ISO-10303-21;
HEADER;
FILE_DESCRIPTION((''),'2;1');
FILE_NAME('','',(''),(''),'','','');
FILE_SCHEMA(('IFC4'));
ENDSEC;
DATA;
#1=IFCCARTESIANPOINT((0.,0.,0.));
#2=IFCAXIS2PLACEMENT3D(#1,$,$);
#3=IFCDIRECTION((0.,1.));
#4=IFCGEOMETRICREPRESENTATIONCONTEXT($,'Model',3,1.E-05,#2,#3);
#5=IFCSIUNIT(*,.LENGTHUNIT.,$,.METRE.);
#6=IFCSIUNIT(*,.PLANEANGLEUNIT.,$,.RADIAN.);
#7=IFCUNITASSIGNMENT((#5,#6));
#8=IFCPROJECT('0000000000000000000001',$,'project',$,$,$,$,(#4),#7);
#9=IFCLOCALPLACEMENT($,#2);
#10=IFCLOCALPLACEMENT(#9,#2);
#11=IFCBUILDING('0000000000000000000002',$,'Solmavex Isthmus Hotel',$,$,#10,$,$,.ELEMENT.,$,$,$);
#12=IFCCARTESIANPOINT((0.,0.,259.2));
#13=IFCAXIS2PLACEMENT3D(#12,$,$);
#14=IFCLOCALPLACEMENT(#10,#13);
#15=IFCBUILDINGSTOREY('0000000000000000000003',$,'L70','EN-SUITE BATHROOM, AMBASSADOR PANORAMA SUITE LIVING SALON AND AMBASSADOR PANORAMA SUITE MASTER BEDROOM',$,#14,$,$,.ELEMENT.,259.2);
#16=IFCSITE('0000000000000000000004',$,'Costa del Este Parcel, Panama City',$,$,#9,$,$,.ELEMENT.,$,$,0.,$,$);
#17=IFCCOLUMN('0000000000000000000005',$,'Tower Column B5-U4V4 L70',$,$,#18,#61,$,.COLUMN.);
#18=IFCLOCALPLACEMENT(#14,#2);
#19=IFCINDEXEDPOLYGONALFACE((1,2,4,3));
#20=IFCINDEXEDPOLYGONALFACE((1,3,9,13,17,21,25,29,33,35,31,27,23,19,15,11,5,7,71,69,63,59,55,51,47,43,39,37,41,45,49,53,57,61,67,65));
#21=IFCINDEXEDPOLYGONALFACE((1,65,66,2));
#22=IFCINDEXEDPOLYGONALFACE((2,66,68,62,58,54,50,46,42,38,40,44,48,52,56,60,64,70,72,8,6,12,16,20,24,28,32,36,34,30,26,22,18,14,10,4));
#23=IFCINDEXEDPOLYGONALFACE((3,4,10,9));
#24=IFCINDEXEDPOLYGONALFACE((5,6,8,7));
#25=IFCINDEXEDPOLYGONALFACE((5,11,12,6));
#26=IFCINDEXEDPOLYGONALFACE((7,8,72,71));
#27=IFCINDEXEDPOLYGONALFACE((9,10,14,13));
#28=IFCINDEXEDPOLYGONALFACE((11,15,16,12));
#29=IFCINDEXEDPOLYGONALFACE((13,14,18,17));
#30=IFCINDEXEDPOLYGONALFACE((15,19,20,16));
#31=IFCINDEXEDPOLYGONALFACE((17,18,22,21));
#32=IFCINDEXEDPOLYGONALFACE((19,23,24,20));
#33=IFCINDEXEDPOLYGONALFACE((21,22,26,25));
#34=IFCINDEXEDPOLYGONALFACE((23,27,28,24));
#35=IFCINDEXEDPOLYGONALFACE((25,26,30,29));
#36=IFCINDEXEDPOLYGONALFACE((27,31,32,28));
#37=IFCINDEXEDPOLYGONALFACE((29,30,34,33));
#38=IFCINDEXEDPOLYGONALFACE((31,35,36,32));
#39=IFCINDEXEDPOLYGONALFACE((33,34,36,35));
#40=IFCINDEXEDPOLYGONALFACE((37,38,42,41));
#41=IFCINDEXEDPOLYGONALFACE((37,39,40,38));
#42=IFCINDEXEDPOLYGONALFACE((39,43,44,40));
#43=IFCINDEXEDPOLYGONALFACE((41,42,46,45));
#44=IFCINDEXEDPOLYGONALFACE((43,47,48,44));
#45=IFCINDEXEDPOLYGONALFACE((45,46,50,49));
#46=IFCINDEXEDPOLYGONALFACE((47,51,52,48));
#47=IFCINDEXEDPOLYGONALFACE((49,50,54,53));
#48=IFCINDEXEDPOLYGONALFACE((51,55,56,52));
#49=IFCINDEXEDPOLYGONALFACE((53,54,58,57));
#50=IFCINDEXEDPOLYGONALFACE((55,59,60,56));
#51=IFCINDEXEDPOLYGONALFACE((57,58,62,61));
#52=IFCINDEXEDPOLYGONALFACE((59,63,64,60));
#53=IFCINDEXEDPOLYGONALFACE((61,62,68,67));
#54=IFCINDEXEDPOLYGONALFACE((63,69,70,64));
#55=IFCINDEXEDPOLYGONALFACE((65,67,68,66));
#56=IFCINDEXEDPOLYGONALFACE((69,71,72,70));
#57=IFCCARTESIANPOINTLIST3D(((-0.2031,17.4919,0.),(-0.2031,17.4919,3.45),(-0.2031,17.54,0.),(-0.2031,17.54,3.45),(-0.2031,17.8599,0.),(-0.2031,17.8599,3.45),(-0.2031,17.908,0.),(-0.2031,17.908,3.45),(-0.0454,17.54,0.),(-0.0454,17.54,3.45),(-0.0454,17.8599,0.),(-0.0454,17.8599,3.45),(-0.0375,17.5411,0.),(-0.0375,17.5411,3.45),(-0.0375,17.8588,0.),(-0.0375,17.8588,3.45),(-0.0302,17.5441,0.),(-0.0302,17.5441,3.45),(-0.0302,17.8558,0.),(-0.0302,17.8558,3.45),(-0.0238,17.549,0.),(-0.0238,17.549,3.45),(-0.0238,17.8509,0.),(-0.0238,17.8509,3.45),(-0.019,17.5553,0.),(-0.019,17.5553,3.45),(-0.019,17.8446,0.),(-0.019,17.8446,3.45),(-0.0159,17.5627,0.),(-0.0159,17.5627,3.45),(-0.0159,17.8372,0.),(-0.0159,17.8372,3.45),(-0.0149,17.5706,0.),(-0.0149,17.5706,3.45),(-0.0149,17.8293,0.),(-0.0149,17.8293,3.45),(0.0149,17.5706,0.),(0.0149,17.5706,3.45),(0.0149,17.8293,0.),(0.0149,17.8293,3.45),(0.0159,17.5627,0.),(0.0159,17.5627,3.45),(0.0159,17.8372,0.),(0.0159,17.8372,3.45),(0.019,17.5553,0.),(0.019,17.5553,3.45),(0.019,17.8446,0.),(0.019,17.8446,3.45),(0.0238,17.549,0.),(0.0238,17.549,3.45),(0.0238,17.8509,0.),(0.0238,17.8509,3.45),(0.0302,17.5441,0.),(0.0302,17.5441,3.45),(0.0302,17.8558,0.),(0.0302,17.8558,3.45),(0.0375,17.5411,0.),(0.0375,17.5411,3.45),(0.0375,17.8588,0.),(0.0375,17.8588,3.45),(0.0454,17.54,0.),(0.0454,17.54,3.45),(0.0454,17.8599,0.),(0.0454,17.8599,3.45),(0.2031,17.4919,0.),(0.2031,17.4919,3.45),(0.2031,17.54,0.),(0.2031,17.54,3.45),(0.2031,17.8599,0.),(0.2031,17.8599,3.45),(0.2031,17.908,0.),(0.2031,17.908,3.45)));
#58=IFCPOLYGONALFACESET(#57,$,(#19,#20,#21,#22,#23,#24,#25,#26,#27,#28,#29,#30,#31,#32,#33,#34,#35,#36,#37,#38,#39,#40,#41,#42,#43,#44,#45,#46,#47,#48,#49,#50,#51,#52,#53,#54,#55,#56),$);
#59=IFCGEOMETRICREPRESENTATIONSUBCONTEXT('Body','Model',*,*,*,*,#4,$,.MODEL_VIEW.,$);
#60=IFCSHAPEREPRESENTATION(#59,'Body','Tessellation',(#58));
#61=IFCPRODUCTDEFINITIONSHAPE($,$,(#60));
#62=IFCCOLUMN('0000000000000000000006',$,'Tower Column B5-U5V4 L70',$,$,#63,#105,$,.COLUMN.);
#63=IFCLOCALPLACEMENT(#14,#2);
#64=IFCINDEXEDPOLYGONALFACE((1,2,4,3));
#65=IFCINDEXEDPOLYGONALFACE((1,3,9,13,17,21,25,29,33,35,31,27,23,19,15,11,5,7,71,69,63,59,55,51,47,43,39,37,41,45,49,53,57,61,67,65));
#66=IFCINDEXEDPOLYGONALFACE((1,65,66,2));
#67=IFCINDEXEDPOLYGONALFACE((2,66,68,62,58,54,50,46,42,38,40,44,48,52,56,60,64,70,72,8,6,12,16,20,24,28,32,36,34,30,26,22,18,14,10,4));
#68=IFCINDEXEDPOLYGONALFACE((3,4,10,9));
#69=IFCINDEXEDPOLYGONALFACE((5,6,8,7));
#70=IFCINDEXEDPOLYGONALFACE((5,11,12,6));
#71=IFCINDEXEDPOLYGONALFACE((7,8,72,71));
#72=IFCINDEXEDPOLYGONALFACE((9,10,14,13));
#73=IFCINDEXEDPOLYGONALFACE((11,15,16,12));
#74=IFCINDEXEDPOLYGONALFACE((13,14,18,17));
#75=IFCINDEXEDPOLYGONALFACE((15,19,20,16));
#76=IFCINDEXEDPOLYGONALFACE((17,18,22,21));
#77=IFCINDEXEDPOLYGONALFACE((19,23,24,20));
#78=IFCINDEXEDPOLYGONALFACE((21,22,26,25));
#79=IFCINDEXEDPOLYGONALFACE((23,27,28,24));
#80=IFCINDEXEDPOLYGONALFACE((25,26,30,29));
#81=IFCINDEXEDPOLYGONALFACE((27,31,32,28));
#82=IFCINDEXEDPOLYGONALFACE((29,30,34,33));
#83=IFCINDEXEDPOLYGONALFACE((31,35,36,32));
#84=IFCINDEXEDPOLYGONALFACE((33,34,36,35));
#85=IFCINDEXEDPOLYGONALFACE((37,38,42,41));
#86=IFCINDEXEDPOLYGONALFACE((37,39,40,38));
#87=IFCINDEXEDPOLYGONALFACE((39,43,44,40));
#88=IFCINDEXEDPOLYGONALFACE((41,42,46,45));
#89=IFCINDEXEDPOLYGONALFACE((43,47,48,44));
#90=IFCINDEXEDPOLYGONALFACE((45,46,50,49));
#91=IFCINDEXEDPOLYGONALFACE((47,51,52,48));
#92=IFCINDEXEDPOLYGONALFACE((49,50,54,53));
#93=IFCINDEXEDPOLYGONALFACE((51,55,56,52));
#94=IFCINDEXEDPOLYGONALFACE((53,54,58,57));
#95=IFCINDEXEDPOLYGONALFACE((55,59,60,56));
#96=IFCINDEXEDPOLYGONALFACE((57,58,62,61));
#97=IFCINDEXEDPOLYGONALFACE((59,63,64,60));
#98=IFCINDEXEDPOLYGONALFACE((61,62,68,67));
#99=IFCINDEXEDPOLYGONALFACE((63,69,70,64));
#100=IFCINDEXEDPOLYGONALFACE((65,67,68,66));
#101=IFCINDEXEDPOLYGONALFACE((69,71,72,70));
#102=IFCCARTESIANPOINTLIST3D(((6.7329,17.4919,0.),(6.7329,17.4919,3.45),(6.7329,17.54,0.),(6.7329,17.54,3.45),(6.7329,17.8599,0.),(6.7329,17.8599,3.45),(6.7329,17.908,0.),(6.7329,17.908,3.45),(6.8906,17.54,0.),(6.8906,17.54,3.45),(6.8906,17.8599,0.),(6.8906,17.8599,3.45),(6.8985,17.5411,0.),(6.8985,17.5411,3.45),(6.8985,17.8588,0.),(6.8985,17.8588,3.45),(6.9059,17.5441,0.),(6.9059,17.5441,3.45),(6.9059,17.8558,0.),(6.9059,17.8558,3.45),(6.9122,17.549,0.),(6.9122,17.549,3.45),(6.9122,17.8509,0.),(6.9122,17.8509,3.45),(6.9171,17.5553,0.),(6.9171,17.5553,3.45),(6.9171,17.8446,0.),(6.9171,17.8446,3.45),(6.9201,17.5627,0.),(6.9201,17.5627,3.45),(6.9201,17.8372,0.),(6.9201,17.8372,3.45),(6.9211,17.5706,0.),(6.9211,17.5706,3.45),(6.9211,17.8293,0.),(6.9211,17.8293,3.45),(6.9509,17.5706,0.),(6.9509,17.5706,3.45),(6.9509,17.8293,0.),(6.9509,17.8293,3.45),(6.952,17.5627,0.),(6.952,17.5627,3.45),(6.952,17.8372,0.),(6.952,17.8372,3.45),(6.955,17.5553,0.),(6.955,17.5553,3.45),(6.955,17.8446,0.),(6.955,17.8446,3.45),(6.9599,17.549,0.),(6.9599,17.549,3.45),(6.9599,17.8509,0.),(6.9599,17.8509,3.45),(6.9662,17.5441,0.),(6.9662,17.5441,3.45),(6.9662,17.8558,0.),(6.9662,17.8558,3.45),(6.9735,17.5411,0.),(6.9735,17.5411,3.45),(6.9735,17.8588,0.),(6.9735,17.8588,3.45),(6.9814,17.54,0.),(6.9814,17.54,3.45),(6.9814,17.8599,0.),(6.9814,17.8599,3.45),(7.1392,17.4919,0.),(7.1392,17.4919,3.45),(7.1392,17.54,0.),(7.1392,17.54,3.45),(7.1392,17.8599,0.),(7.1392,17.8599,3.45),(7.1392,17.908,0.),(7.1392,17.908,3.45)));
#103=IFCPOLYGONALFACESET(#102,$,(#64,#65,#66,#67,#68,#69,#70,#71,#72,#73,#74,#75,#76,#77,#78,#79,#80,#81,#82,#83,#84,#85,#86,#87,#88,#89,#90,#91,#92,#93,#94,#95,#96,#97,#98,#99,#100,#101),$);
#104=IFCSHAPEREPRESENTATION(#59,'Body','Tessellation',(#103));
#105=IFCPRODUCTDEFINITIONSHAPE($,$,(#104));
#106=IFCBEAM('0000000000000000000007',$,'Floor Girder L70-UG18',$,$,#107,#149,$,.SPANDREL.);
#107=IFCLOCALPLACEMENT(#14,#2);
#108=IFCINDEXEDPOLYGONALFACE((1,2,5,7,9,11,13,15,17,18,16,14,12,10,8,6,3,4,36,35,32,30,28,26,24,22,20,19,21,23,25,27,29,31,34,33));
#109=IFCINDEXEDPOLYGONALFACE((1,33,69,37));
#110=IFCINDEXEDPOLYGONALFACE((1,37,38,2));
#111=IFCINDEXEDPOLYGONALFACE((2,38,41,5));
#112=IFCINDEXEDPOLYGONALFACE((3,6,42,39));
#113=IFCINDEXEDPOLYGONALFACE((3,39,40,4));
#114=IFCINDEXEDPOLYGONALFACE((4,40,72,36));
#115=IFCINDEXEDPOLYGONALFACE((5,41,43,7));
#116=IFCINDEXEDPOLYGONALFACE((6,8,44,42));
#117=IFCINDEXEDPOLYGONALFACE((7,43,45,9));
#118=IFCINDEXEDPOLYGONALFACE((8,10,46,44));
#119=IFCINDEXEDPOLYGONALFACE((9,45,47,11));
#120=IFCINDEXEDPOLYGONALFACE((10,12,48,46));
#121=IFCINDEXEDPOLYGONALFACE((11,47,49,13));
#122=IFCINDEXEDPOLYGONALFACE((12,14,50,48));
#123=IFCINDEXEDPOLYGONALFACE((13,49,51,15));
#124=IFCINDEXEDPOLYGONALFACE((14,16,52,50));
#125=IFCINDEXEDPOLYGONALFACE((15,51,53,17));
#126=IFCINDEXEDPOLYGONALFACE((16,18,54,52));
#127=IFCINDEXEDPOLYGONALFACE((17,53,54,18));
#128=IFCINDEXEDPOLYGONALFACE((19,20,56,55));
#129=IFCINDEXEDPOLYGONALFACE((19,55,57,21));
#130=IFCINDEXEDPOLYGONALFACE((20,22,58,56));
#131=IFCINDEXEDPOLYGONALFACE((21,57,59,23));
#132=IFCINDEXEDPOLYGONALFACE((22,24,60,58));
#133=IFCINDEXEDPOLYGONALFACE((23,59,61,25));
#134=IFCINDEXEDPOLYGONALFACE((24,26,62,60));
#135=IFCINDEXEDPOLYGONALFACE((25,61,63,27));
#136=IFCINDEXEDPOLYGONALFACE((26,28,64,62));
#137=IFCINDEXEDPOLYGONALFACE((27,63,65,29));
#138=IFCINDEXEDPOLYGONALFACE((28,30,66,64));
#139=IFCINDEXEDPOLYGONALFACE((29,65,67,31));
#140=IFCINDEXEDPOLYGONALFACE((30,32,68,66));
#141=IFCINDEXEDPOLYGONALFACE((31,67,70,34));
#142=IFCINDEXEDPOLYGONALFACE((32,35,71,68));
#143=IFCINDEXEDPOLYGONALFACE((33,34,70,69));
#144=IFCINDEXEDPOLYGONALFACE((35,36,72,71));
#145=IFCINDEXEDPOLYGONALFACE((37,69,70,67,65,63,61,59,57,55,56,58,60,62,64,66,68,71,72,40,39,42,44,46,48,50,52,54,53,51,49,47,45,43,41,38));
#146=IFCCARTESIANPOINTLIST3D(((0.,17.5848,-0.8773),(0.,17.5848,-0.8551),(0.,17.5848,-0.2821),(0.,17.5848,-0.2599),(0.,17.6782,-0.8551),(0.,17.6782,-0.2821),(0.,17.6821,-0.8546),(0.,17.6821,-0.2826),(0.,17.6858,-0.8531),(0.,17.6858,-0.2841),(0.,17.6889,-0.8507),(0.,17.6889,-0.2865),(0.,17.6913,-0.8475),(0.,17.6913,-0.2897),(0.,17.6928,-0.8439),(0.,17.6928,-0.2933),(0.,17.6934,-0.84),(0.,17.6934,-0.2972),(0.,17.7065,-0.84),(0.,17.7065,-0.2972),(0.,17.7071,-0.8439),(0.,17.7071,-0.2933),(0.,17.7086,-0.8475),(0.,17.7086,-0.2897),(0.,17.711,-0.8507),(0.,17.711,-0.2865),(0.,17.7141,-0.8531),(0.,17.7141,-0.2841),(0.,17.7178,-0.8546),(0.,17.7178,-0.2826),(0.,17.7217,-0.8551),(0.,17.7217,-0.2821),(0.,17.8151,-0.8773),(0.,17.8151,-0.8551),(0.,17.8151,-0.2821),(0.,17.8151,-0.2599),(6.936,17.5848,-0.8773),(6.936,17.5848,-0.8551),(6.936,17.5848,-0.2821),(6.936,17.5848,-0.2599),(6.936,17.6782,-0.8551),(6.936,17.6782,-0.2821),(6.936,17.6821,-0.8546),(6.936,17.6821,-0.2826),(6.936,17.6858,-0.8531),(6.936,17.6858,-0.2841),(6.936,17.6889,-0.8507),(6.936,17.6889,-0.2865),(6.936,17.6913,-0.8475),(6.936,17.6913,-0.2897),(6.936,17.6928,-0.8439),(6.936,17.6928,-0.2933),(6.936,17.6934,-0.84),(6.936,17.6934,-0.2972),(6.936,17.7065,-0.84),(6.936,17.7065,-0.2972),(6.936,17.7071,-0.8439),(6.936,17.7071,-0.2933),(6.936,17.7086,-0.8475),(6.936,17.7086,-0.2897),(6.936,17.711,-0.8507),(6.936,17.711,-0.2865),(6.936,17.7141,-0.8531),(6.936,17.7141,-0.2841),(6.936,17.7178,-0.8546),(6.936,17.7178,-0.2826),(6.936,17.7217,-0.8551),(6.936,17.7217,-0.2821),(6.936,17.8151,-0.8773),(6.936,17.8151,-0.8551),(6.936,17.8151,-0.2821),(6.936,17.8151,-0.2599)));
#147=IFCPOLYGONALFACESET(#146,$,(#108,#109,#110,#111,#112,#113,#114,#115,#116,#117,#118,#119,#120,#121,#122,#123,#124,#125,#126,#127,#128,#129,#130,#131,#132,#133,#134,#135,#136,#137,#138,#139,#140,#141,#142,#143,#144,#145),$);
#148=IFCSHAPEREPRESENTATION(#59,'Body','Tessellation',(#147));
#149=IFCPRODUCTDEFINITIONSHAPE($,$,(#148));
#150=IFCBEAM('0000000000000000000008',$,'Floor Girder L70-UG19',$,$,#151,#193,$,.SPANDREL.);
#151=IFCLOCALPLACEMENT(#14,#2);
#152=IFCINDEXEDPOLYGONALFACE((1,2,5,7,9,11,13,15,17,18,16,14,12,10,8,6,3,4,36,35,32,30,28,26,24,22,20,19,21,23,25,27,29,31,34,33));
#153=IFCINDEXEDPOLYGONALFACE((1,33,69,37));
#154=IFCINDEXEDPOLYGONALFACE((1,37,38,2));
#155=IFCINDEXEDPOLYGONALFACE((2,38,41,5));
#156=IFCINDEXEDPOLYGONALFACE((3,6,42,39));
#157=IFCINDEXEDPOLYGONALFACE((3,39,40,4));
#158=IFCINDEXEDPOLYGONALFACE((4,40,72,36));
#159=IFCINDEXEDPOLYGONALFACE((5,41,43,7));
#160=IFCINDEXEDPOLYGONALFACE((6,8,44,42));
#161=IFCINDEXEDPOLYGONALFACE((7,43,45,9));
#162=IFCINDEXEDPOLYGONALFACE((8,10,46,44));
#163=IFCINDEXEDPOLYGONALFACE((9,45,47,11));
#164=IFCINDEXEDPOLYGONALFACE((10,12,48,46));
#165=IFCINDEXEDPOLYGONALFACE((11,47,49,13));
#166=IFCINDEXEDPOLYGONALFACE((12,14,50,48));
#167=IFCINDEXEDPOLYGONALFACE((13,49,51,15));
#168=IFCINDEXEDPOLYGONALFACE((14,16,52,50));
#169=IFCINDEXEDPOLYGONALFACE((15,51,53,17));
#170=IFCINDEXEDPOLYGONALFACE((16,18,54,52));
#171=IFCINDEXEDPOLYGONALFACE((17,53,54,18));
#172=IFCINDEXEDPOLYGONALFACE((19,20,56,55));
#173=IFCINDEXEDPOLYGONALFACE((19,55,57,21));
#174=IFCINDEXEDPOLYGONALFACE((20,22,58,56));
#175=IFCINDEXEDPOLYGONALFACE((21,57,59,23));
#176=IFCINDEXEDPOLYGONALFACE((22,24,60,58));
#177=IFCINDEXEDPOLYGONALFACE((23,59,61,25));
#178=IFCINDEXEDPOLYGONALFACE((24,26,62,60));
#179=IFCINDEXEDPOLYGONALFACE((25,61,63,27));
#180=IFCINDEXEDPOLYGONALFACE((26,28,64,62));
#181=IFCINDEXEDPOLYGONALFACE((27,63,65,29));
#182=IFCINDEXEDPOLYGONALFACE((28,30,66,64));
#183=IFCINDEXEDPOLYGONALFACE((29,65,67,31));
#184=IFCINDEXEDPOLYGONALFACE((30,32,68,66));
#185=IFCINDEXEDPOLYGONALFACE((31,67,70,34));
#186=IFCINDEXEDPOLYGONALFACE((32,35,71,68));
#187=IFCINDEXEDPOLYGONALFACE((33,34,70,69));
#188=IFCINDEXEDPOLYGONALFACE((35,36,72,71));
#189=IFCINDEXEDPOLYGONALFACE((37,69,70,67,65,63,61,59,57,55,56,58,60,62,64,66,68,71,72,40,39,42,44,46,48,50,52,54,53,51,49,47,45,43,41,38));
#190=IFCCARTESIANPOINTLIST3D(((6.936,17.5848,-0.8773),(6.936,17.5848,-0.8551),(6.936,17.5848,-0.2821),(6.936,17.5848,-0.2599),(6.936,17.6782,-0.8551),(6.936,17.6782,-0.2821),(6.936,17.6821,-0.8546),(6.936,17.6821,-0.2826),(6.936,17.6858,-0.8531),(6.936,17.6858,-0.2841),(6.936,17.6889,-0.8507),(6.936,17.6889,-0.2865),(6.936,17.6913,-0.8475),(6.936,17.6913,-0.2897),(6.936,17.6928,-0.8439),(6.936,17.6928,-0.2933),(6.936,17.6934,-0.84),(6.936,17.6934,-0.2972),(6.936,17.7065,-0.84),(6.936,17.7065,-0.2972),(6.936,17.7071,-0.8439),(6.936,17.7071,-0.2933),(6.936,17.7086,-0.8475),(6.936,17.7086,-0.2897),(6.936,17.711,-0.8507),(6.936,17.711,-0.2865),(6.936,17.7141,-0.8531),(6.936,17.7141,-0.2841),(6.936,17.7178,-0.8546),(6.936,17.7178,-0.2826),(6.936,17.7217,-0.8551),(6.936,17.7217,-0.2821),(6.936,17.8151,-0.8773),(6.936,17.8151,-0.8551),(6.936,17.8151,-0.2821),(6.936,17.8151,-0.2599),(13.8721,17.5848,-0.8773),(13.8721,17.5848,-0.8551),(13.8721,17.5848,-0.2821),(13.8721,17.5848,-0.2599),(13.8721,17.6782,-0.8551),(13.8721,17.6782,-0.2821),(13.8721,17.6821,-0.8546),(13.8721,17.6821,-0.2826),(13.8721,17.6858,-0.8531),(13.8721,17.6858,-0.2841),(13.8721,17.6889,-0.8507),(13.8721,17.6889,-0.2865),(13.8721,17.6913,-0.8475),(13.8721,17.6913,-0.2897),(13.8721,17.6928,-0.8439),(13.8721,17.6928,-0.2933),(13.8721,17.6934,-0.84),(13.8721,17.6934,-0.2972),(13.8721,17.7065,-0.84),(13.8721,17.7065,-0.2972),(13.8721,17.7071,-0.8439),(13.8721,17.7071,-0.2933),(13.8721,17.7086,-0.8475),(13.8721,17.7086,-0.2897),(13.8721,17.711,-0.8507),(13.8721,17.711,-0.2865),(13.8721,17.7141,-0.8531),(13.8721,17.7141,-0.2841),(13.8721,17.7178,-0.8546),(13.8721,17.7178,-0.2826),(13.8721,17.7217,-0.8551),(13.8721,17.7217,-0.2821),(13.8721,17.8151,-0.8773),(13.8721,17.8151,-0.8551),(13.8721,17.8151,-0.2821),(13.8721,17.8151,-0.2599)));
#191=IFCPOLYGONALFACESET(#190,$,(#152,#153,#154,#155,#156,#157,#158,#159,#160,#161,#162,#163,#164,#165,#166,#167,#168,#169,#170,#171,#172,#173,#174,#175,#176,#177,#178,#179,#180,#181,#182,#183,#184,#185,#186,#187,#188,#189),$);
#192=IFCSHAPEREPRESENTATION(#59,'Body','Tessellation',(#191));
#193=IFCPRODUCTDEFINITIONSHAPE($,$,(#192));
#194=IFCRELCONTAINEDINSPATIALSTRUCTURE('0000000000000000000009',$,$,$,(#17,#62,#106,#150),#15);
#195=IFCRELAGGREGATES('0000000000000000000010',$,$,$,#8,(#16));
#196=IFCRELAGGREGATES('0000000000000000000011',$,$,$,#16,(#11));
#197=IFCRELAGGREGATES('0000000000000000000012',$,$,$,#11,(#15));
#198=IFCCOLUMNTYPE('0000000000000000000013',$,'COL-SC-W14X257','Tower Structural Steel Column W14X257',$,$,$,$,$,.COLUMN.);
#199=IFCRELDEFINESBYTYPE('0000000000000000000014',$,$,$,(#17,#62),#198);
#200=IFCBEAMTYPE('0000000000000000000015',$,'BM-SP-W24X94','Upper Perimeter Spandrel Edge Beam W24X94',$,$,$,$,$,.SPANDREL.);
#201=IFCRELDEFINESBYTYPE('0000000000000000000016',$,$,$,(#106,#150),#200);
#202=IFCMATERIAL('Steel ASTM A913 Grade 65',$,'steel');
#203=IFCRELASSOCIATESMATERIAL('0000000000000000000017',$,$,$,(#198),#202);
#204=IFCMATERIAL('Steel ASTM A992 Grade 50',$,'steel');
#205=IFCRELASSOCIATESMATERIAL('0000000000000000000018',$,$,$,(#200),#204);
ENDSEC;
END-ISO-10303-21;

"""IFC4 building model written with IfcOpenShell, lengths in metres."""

from ifc_helpers import new_model, si_unit, direction, frame, origin, origin_2d, place, context, subcontext, project, spatial, i_section, extrude, material, material_profile, profile_set, type_object, element, save


model = new_model("IFC4")

# Units and contexts
model_context = context("Model", 3, precision=1e-05, world=origin(), true_north=direction((0.0, 1.0)))
body_context = subcontext(model_context, "Body", "Model", "MODEL_VIEW")
ifc_project = project(units=[si_unit("LENGTHUNIT", "METRE"), si_unit("PLANEANGLEUNIT", "RADIAN")], contexts=[model_context])

# Site, building, storey
site_placement = place(None, origin())
site = spatial("IfcSite", under=ifc_project, at=site_placement, Name="Costa del Este Parcel, Panama City", CompositionType="ELEMENT", RefElevation=0.0)
building_placement = place(site_placement, origin())
building = spatial("IfcBuilding", under=site, at=building_placement, Name="Solmavex Isthmus Hotel", CompositionType="ELEMENT")
storey_placement = place(building_placement, frame((0.0, 0.0, 259.2)))
storey = spatial("IfcBuildingStorey", under=building, at=storey_placement, Name="L70", Description="EN-SUITE BATHROOM, AMBASSADOR PANORAMA SUITE LIVING SALON AND AMBASSADOR PANORAMA SUITE MASTER BEDROOM", CompositionType="ELEMENT", Elevation=259.2)

# Columns
ifc_material_1 = material(Name="Steel ASTM A913 Grade 65", Category="steel")
ifc_material_profile_1 = material_profile(ifc_material_1, i_section(OverallWidth=0.4062, OverallDepth=0.416, WebThickness=0.0298, FlangeThickness=0.0481, FilletRadius=0.0305, at=origin_2d()), Name="W14X257")
ifc_profile_set_1 = profile_set([ifc_material_profile_1], Name="Steel ASTM A913 Grade 65")
column_type = type_object("IfcColumnType", Name="COL-SC-W14X257", Description="Tower Structural Steel Column W14X257", PredefinedType="COLUMN", material=ifc_profile_set_1)
for number, where, z_axis, x_axis, name in (
    (1, (0.0, 17.7, 0.0), (0.0, 0.0, 1.0), (1.0, 0.0, 0.0), "Tower Column B5-U4V4 L70"),
    (2, (6.936, 17.7, 0.0), (0.0, 0.0, 1.0), (1.0, 0.0, 0.0), "Tower Column B5-U5V4 L70"),
):
    element("IfcColumn", number, at=place(storey_placement, frame(where, z_axis=z_axis, x_axis=x_axis)), inside=storey, type_object=column_type, Name=name, PredefinedType="COLUMN", context=body_context, shape_type="SweptSolid", body=[
        extrude(i_section(OverallWidth=0.4062, OverallDepth=0.416, WebThickness=0.0298, FlangeThickness=0.0481, FilletRadius=0.0305, at=origin_2d()), origin(), (0.0, 0.0, 1.0), 3.45),
    ])

# Beams
ifc_material_2 = material(Name="Steel ASTM A992 Grade 50", Category="steel")
ifc_material_profile_2 = material_profile(ifc_material_2, i_section(OverallWidth=0.2302, OverallDepth=0.6174, WebThickness=0.0132, FlangeThickness=0.0222, FilletRadius=0.0151, at=origin_2d()), Name="W24X94")
ifc_profile_set_2 = profile_set([ifc_material_profile_2], Name="Steel ASTM A992 Grade 50")
beam_type = type_object("IfcBeamType", Name="BM-SP-W24X94", Description="Upper Perimeter Spandrel Edge Beam W24X94", PredefinedType="SPANDREL", material=ifc_profile_set_2)
for number, where, z_axis, x_axis, name in (
    (3, (0.0, 17.7, -0.5686), (1.0, 0.0, 0.0), (0.0, 1.0, 0.0), "Floor Girder L70-UG18"),
    (4, (6.936, 17.7, -0.5686), (1.0, 0.0, 0.0), (0.0, 1.0, 0.0), "Floor Girder L70-UG19"),
):
    element("IfcBeam", number, at=place(storey_placement, frame(where, z_axis=z_axis, x_axis=x_axis)), inside=storey, type_object=beam_type, Name=name, PredefinedType="SPANDREL", context=body_context, shape_type="SweptSolid", body=[
        extrude(i_section(OverallWidth=0.2302, OverallDepth=0.6174, WebThickness=0.0132, FlangeThickness=0.0222, FilletRadius=0.0151, at=origin_2d()), origin(), (0.0, 0.0, 1.0), 6.936),
    ])

save(model, "model.ifc")
